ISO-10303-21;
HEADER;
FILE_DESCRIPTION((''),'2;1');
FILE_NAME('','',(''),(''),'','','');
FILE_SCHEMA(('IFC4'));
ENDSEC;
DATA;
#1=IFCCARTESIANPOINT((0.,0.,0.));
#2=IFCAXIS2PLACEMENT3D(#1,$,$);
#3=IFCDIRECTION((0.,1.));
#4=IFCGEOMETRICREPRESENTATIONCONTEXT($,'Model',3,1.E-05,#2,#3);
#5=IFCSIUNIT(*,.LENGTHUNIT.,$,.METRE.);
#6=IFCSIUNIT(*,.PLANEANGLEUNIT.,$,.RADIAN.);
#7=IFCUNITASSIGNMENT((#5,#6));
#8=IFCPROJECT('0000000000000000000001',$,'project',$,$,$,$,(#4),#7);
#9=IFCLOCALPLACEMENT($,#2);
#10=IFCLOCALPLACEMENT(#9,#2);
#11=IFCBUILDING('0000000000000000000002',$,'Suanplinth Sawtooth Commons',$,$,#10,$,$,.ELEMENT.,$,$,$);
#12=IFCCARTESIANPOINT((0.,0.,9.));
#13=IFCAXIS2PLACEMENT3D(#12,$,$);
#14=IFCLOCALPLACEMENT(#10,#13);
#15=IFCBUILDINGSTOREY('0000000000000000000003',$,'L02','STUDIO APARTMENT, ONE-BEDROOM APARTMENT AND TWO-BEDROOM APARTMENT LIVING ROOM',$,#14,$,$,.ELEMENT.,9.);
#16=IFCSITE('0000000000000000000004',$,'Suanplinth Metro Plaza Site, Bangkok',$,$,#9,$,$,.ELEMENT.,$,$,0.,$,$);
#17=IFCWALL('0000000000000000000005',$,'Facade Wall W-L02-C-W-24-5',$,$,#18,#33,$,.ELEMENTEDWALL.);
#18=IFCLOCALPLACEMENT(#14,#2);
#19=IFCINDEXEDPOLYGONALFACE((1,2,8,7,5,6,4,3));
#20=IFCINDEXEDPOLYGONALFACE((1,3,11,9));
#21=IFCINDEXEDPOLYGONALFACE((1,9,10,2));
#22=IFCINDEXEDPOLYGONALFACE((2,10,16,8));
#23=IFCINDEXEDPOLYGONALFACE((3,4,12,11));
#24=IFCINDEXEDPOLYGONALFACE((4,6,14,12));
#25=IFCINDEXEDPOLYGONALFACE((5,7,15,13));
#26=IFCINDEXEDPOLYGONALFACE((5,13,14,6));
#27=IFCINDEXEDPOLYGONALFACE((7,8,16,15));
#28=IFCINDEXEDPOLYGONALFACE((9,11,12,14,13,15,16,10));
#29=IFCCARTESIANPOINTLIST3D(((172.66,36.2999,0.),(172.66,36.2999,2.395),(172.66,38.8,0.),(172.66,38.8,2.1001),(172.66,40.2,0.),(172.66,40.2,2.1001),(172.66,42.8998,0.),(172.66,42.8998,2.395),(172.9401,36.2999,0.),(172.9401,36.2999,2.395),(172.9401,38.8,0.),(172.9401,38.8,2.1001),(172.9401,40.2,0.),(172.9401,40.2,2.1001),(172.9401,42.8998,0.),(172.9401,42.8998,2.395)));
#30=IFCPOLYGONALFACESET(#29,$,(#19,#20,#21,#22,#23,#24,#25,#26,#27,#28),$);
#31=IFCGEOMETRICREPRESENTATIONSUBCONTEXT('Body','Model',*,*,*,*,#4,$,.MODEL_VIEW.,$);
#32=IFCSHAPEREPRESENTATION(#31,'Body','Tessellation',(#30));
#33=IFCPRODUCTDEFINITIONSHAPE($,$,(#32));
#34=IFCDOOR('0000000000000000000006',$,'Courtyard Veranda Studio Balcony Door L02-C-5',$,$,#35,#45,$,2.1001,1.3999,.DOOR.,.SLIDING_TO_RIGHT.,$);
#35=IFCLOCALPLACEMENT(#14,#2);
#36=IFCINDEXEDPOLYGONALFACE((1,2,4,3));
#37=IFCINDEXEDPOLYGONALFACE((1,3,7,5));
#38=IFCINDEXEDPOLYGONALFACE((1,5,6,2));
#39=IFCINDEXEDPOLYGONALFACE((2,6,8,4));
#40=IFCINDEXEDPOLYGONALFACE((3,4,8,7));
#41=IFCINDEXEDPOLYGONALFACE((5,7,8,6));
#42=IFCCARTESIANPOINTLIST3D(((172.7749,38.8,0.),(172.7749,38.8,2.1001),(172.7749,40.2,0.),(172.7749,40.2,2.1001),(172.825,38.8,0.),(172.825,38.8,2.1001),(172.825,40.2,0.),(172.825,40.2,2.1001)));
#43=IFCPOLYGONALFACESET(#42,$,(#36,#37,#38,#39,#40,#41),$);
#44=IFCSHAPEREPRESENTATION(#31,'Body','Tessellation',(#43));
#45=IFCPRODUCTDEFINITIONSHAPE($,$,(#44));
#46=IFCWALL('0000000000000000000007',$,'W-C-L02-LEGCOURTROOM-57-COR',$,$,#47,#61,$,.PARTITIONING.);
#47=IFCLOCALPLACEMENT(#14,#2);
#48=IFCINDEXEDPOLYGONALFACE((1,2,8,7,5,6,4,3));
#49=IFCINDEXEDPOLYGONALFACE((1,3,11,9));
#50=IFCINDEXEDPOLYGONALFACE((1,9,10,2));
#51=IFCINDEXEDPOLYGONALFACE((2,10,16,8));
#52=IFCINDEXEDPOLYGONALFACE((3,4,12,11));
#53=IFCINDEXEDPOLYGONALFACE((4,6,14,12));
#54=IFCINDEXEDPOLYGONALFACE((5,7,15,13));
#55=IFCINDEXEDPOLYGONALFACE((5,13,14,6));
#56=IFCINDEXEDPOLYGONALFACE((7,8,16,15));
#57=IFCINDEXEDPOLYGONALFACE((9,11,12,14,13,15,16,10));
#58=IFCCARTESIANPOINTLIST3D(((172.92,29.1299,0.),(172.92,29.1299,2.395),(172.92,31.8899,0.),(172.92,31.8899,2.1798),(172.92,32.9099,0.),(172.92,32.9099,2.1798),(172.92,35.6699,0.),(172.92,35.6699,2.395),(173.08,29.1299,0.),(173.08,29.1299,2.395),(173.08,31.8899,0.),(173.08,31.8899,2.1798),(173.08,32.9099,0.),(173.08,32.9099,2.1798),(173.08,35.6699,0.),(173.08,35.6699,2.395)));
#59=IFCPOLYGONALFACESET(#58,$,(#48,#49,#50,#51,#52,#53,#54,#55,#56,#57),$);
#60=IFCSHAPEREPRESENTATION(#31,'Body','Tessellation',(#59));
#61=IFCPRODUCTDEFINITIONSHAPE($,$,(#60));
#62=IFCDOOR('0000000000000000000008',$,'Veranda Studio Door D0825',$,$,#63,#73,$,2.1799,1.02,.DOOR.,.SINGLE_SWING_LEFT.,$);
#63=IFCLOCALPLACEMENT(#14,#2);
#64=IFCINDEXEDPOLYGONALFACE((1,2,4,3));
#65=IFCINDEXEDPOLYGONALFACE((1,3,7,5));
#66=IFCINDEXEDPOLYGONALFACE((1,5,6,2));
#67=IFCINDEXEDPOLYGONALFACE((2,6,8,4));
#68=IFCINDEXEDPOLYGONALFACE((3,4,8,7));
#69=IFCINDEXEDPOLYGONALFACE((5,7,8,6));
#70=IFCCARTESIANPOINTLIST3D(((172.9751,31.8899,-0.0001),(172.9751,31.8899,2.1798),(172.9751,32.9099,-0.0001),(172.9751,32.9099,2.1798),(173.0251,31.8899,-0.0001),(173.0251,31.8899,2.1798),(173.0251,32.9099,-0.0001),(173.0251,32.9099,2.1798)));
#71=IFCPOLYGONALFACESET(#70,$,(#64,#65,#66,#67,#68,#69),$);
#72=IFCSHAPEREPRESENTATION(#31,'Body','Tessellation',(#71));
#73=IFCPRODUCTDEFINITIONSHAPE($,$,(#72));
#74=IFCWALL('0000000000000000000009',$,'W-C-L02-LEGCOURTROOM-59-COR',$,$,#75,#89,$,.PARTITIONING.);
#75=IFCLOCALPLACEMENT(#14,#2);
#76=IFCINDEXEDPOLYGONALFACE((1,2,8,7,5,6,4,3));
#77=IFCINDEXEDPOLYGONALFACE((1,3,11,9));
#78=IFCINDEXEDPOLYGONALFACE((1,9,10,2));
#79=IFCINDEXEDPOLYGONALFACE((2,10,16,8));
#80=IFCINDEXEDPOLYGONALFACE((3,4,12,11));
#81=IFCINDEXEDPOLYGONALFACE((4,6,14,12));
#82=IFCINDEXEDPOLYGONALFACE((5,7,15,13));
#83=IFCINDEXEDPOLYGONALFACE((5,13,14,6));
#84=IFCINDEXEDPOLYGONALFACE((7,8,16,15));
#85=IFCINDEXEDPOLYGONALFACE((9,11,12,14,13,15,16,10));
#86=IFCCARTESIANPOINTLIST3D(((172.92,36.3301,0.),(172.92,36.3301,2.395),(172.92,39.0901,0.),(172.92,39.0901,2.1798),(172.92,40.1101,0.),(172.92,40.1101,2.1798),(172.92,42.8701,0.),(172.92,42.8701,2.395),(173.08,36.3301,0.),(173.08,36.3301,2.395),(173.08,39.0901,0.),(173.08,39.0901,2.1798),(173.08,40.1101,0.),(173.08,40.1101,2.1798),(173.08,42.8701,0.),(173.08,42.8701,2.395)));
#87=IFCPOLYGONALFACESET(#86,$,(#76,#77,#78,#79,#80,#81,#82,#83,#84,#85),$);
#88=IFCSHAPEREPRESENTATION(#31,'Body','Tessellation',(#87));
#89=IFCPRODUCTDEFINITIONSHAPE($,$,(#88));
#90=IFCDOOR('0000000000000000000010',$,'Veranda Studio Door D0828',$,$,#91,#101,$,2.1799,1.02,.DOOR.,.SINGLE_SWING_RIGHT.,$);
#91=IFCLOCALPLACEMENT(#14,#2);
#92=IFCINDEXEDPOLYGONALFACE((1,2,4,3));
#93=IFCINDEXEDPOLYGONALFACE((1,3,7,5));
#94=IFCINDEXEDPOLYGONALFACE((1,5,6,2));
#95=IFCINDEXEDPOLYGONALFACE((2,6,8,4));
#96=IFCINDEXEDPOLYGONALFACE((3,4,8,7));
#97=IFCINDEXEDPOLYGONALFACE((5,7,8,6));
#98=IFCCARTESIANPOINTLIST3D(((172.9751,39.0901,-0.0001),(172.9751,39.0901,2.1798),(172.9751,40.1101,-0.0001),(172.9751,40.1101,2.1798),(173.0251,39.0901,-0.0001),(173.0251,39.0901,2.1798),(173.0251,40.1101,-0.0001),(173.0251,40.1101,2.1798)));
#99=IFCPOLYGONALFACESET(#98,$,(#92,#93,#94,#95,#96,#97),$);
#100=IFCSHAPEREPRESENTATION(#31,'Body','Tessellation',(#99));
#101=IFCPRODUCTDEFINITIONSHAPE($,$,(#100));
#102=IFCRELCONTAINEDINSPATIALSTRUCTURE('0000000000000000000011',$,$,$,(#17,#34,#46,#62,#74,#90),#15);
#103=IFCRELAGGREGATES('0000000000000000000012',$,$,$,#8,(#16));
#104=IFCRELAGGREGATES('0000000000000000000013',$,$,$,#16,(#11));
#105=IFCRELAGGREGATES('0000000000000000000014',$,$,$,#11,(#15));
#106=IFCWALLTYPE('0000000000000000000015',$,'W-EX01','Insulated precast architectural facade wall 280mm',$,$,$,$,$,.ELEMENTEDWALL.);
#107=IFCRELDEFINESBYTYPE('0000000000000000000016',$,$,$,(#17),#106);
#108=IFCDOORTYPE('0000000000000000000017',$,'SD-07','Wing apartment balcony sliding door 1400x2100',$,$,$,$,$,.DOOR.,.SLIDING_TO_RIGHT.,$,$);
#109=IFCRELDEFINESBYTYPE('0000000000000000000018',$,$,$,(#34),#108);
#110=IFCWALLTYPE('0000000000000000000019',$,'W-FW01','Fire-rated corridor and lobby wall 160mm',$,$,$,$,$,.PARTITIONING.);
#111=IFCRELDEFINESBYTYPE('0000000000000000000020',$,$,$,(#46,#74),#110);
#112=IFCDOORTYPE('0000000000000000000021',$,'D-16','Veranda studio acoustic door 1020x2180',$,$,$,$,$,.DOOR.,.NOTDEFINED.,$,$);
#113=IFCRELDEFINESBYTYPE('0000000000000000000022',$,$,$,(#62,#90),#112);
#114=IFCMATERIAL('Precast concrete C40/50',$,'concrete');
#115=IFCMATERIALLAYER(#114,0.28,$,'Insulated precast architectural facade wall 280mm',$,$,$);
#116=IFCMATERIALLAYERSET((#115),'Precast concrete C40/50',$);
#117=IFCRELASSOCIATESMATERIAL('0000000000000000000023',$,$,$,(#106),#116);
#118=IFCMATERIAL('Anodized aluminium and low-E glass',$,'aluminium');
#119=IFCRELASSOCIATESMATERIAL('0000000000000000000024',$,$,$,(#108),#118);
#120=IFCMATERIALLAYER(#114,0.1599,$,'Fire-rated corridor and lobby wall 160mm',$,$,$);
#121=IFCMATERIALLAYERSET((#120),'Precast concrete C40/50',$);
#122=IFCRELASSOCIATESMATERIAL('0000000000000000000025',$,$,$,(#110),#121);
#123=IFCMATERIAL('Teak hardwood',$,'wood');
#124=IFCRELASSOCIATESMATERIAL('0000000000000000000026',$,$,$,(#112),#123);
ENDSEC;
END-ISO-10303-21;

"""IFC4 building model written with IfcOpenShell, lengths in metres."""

from ifc_helpers import new_model, si_unit, direction, frame, frame_2d, origin, place, context, subcontext, project, spatial, rectangle, extrude, material, layer, layer_set, type_object, element, fill, save


model = new_model("IFC4")

# Units and contexts
model_context = context("Model", 3, precision=1e-05, world=origin(), true_north=direction((0.0, 1.0)))
body_context = subcontext(model_context, "Body", "Model", "MODEL_VIEW")
ifc_project = project(units=[si_unit("LENGTHUNIT", "METRE"), si_unit("PLANEANGLEUNIT", "RADIAN")], contexts=[model_context])

# Site, building, storey
site_placement = place(None, origin())
site = spatial("IfcSite", under=ifc_project, at=site_placement, Name="Suanplinth Metro Plaza Site, Bangkok", CompositionType="ELEMENT", RefElevation=0.0)
building_placement = place(site_placement, origin())
building = spatial("IfcBuilding", under=site, at=building_placement, Name="Suanplinth Sawtooth Commons", CompositionType="ELEMENT")
storey_placement = place(building_placement, frame((0.0, 0.0, 9.0)))
storey = spatial("IfcBuildingStorey", under=building, at=storey_placement, Name="L02", Description="STUDIO APARTMENT, ONE-BEDROOM APARTMENT AND TWO-BEDROOM APARTMENT LIVING ROOM", CompositionType="ELEMENT", Elevation=9.0)

# Shared definitions
ifc_material_1 = material(Name="Precast concrete C40/50", Category="concrete")

# Shared definitions
ifc_layer_1 = layer(ifc_material_1, 0.28, Name="Insulated precast architectural facade wall 280mm")
ifc_layer_set_1 = layer_set([ifc_layer_1], Name="Precast concrete C40/50")
wall_type_1 = type_object("IfcWallType", Name="W-EX01", Description="Insulated precast architectural facade wall 280mm", PredefinedType="ELEMENTEDWALL", material=ifc_layer_set_1)
ifc_material_2 = material(Name="Anodized aluminium and low-E glass", Category="aluminium")
door_type_1 = type_object("IfcDoorType", Name="SD-07", Description="Wing apartment balcony sliding door 1400x2100", OperationType="SLIDING_TO_RIGHT", PredefinedType="DOOR", material=ifc_material_2)

# Walls, openings, doors
wall_1_placement = place(storey_placement, frame((172.8, 36.3, 0.0), z_axis=(0.0, 0.0, 1.0), x_axis=(0.0, 1.0, 0.0)))
wall_1 = element("IfcWall", 1, at=wall_1_placement, inside=storey, type_object=wall_type_1, Name="Facade Wall W-L02-C-W-24-5", PredefinedType="ELEMENTEDWALL", context=body_context, shape_type="SweptSolid", body=[
    extrude(rectangle(XDim=6.5999, YDim=0.28, at=frame_2d((3.2998, 0.0))), origin(), (0.0, 0.0, 1.0), 2.395),
])
opening_1_placement = place(wall_1_placement, frame((2.5, 0.0, 0.0)))
opening_1 = element("IfcOpeningElement", 2, at=opening_1_placement, cuts=wall_1, PredefinedType="OPENING", context=body_context, shape_type="SweptSolid", body=[
    extrude(rectangle(XDim=1.3999, YDim=2.1001, at=frame_2d((0.7, 1.05))), frame((0.0, 0.1548, 0.0), z_axis=(0.0, -1.0, 0.0), x_axis=(1.0, 0.0, 0.0)), (0.0, 0.0, 1.0), 0.3098),
])
door_1_placement = place(opening_1_placement, frame((1.3999, 0.0, 0.0), z_axis=(0.0, 0.0, 1.0), x_axis=(-1.0, 0.0, 0.0)))
door_1 = element("IfcDoor", 3, at=door_1_placement, inside=storey, type_object=door_type_1, Name="Courtyard Veranda Studio Balcony Door L02-C-5", OperationType="SLIDING_TO_RIGHT", OverallHeight=2.1001, OverallWidth=1.3999, PredefinedType="DOOR", context=body_context, shape_type="SweptSolid", body=[
    extrude(rectangle(XDim=1.3999, YDim=2.1001, at=frame_2d((0.7, 1.05))), frame((0.0, 0.0249, 0.0), z_axis=(0.0, -1.0, 0.0), x_axis=(1.0, 0.0, 0.0)), (0.0, 0.0, 1.0), 0.05),
])
fill(opening_1, door_1)
ifc_layer_2 = layer(ifc_material_1, 0.1599, Name="Fire-rated corridor and lobby wall 160mm")
ifc_layer_set_2 = layer_set([ifc_layer_2], Name="Precast concrete C40/50")
wall_type_2 = type_object("IfcWallType", Name="W-FW01", Description="Fire-rated corridor and lobby wall 160mm", PredefinedType="PARTITIONING", material=ifc_layer_set_2)
wall_2_placement = place(storey_placement, frame((173.0, 29.1299, 0.0), z_axis=(0.0, 0.0, 1.0), x_axis=(0.0, 1.0, 0.0)))
wall_2 = element("IfcWall", 4, at=wall_2_placement, inside=storey, type_object=wall_type_2, Name="W-C-L02-LEGCOURTROOM-57-COR", PredefinedType="PARTITIONING", context=body_context, shape_type="SweptSolid", body=[
    extrude(rectangle(XDim=6.54, YDim=0.1599, at=frame_2d((3.27, 0.0))), origin(), (0.0, 0.0, 1.0), 2.395),
])
opening_2_placement = place(wall_2_placement, frame((2.76, 0.0, 0.0)))
opening_2 = element("IfcOpeningElement", 5, at=opening_2_placement, cuts=wall_2, PredefinedType="OPENING", context=body_context, shape_type="SweptSolid", body=[
    extrude(rectangle(XDim=1.02, YDim=2.1799, at=frame_2d((0.51, 1.0898))), frame((0.0, 0.0947, 0.0), z_axis=(0.0, -1.0, 0.0), x_axis=(1.0, 0.0, 0.0)), (0.0, 0.0, 1.0), 0.1897),
])
ifc_material_3 = material(Name="Teak hardwood", Category="wood")
door_type_2 = type_object("IfcDoorType", Name="D-16", Description="Veranda studio acoustic door 1020x2180", OperationType="NOTDEFINED", PredefinedType="DOOR", material=ifc_material_3)
door_2_placement = place(opening_2_placement, origin())
door_2 = element("IfcDoor", 6, at=door_2_placement, inside=storey, type_object=door_type_2, Name="Veranda Studio Door D0825", OperationType="SINGLE_SWING_LEFT", OverallHeight=2.1799, OverallWidth=1.02, PredefinedType="DOOR", context=body_context, shape_type="SweptSolid", body=[
    extrude(rectangle(XDim=1.02, YDim=2.1799, at=frame_2d((0.51, 1.0898))), frame((0.0, 0.0249, 0.0), z_axis=(0.0, -1.0, 0.0), x_axis=(1.0, 0.0, 0.0)), (0.0, 0.0, 1.0), 0.05),
])
fill(opening_2, door_2)
wall_3_placement = place(storey_placement, frame((173.0, 36.3301, 0.0), z_axis=(0.0, 0.0, 1.0), x_axis=(0.0, 1.0, 0.0)))
wall_3 = element("IfcWall", 7, at=wall_3_placement, inside=storey, type_object=wall_type_2, Name="W-C-L02-LEGCOURTROOM-59-COR", PredefinedType="PARTITIONING", context=body_context, shape_type="SweptSolid", body=[
    extrude(rectangle(XDim=6.54, YDim=0.1599, at=frame_2d((3.27, 0.0))), origin(), (0.0, 0.0, 1.0), 2.395),
])
opening_3_placement = place(wall_3_placement, frame((2.76, 0.0, 0.0)))
opening_3 = element("IfcOpeningElement", 8, at=opening_3_placement, cuts=wall_3, PredefinedType="OPENING", context=body_context, shape_type="SweptSolid", body=[
    extrude(rectangle(XDim=1.02, YDim=2.1799, at=frame_2d((0.51, 1.0898))), frame((0.0, 0.0947, 0.0), z_axis=(0.0, -1.0, 0.0), x_axis=(1.0, 0.0, 0.0)), (0.0, 0.0, 1.0), 0.1897),
])
door_3_placement = place(opening_3_placement, origin())
door_3 = element("IfcDoor", 9, at=door_3_placement, inside=storey, type_object=door_type_2, Name="Veranda Studio Door D0828", OperationType="SINGLE_SWING_RIGHT", OverallHeight=2.1799, OverallWidth=1.02, PredefinedType="DOOR", context=body_context, shape_type="SweptSolid", body=[
    extrude(rectangle(XDim=1.02, YDim=2.1799, at=frame_2d((0.51, 1.0898))), frame((0.0, 0.0249, 0.0), z_axis=(0.0, -1.0, 0.0), x_axis=(1.0, 0.0, 0.0)), (0.0, 0.0, 1.0), 0.05),
])
fill(opening_3, door_3)

save(model, "model.ifc")
